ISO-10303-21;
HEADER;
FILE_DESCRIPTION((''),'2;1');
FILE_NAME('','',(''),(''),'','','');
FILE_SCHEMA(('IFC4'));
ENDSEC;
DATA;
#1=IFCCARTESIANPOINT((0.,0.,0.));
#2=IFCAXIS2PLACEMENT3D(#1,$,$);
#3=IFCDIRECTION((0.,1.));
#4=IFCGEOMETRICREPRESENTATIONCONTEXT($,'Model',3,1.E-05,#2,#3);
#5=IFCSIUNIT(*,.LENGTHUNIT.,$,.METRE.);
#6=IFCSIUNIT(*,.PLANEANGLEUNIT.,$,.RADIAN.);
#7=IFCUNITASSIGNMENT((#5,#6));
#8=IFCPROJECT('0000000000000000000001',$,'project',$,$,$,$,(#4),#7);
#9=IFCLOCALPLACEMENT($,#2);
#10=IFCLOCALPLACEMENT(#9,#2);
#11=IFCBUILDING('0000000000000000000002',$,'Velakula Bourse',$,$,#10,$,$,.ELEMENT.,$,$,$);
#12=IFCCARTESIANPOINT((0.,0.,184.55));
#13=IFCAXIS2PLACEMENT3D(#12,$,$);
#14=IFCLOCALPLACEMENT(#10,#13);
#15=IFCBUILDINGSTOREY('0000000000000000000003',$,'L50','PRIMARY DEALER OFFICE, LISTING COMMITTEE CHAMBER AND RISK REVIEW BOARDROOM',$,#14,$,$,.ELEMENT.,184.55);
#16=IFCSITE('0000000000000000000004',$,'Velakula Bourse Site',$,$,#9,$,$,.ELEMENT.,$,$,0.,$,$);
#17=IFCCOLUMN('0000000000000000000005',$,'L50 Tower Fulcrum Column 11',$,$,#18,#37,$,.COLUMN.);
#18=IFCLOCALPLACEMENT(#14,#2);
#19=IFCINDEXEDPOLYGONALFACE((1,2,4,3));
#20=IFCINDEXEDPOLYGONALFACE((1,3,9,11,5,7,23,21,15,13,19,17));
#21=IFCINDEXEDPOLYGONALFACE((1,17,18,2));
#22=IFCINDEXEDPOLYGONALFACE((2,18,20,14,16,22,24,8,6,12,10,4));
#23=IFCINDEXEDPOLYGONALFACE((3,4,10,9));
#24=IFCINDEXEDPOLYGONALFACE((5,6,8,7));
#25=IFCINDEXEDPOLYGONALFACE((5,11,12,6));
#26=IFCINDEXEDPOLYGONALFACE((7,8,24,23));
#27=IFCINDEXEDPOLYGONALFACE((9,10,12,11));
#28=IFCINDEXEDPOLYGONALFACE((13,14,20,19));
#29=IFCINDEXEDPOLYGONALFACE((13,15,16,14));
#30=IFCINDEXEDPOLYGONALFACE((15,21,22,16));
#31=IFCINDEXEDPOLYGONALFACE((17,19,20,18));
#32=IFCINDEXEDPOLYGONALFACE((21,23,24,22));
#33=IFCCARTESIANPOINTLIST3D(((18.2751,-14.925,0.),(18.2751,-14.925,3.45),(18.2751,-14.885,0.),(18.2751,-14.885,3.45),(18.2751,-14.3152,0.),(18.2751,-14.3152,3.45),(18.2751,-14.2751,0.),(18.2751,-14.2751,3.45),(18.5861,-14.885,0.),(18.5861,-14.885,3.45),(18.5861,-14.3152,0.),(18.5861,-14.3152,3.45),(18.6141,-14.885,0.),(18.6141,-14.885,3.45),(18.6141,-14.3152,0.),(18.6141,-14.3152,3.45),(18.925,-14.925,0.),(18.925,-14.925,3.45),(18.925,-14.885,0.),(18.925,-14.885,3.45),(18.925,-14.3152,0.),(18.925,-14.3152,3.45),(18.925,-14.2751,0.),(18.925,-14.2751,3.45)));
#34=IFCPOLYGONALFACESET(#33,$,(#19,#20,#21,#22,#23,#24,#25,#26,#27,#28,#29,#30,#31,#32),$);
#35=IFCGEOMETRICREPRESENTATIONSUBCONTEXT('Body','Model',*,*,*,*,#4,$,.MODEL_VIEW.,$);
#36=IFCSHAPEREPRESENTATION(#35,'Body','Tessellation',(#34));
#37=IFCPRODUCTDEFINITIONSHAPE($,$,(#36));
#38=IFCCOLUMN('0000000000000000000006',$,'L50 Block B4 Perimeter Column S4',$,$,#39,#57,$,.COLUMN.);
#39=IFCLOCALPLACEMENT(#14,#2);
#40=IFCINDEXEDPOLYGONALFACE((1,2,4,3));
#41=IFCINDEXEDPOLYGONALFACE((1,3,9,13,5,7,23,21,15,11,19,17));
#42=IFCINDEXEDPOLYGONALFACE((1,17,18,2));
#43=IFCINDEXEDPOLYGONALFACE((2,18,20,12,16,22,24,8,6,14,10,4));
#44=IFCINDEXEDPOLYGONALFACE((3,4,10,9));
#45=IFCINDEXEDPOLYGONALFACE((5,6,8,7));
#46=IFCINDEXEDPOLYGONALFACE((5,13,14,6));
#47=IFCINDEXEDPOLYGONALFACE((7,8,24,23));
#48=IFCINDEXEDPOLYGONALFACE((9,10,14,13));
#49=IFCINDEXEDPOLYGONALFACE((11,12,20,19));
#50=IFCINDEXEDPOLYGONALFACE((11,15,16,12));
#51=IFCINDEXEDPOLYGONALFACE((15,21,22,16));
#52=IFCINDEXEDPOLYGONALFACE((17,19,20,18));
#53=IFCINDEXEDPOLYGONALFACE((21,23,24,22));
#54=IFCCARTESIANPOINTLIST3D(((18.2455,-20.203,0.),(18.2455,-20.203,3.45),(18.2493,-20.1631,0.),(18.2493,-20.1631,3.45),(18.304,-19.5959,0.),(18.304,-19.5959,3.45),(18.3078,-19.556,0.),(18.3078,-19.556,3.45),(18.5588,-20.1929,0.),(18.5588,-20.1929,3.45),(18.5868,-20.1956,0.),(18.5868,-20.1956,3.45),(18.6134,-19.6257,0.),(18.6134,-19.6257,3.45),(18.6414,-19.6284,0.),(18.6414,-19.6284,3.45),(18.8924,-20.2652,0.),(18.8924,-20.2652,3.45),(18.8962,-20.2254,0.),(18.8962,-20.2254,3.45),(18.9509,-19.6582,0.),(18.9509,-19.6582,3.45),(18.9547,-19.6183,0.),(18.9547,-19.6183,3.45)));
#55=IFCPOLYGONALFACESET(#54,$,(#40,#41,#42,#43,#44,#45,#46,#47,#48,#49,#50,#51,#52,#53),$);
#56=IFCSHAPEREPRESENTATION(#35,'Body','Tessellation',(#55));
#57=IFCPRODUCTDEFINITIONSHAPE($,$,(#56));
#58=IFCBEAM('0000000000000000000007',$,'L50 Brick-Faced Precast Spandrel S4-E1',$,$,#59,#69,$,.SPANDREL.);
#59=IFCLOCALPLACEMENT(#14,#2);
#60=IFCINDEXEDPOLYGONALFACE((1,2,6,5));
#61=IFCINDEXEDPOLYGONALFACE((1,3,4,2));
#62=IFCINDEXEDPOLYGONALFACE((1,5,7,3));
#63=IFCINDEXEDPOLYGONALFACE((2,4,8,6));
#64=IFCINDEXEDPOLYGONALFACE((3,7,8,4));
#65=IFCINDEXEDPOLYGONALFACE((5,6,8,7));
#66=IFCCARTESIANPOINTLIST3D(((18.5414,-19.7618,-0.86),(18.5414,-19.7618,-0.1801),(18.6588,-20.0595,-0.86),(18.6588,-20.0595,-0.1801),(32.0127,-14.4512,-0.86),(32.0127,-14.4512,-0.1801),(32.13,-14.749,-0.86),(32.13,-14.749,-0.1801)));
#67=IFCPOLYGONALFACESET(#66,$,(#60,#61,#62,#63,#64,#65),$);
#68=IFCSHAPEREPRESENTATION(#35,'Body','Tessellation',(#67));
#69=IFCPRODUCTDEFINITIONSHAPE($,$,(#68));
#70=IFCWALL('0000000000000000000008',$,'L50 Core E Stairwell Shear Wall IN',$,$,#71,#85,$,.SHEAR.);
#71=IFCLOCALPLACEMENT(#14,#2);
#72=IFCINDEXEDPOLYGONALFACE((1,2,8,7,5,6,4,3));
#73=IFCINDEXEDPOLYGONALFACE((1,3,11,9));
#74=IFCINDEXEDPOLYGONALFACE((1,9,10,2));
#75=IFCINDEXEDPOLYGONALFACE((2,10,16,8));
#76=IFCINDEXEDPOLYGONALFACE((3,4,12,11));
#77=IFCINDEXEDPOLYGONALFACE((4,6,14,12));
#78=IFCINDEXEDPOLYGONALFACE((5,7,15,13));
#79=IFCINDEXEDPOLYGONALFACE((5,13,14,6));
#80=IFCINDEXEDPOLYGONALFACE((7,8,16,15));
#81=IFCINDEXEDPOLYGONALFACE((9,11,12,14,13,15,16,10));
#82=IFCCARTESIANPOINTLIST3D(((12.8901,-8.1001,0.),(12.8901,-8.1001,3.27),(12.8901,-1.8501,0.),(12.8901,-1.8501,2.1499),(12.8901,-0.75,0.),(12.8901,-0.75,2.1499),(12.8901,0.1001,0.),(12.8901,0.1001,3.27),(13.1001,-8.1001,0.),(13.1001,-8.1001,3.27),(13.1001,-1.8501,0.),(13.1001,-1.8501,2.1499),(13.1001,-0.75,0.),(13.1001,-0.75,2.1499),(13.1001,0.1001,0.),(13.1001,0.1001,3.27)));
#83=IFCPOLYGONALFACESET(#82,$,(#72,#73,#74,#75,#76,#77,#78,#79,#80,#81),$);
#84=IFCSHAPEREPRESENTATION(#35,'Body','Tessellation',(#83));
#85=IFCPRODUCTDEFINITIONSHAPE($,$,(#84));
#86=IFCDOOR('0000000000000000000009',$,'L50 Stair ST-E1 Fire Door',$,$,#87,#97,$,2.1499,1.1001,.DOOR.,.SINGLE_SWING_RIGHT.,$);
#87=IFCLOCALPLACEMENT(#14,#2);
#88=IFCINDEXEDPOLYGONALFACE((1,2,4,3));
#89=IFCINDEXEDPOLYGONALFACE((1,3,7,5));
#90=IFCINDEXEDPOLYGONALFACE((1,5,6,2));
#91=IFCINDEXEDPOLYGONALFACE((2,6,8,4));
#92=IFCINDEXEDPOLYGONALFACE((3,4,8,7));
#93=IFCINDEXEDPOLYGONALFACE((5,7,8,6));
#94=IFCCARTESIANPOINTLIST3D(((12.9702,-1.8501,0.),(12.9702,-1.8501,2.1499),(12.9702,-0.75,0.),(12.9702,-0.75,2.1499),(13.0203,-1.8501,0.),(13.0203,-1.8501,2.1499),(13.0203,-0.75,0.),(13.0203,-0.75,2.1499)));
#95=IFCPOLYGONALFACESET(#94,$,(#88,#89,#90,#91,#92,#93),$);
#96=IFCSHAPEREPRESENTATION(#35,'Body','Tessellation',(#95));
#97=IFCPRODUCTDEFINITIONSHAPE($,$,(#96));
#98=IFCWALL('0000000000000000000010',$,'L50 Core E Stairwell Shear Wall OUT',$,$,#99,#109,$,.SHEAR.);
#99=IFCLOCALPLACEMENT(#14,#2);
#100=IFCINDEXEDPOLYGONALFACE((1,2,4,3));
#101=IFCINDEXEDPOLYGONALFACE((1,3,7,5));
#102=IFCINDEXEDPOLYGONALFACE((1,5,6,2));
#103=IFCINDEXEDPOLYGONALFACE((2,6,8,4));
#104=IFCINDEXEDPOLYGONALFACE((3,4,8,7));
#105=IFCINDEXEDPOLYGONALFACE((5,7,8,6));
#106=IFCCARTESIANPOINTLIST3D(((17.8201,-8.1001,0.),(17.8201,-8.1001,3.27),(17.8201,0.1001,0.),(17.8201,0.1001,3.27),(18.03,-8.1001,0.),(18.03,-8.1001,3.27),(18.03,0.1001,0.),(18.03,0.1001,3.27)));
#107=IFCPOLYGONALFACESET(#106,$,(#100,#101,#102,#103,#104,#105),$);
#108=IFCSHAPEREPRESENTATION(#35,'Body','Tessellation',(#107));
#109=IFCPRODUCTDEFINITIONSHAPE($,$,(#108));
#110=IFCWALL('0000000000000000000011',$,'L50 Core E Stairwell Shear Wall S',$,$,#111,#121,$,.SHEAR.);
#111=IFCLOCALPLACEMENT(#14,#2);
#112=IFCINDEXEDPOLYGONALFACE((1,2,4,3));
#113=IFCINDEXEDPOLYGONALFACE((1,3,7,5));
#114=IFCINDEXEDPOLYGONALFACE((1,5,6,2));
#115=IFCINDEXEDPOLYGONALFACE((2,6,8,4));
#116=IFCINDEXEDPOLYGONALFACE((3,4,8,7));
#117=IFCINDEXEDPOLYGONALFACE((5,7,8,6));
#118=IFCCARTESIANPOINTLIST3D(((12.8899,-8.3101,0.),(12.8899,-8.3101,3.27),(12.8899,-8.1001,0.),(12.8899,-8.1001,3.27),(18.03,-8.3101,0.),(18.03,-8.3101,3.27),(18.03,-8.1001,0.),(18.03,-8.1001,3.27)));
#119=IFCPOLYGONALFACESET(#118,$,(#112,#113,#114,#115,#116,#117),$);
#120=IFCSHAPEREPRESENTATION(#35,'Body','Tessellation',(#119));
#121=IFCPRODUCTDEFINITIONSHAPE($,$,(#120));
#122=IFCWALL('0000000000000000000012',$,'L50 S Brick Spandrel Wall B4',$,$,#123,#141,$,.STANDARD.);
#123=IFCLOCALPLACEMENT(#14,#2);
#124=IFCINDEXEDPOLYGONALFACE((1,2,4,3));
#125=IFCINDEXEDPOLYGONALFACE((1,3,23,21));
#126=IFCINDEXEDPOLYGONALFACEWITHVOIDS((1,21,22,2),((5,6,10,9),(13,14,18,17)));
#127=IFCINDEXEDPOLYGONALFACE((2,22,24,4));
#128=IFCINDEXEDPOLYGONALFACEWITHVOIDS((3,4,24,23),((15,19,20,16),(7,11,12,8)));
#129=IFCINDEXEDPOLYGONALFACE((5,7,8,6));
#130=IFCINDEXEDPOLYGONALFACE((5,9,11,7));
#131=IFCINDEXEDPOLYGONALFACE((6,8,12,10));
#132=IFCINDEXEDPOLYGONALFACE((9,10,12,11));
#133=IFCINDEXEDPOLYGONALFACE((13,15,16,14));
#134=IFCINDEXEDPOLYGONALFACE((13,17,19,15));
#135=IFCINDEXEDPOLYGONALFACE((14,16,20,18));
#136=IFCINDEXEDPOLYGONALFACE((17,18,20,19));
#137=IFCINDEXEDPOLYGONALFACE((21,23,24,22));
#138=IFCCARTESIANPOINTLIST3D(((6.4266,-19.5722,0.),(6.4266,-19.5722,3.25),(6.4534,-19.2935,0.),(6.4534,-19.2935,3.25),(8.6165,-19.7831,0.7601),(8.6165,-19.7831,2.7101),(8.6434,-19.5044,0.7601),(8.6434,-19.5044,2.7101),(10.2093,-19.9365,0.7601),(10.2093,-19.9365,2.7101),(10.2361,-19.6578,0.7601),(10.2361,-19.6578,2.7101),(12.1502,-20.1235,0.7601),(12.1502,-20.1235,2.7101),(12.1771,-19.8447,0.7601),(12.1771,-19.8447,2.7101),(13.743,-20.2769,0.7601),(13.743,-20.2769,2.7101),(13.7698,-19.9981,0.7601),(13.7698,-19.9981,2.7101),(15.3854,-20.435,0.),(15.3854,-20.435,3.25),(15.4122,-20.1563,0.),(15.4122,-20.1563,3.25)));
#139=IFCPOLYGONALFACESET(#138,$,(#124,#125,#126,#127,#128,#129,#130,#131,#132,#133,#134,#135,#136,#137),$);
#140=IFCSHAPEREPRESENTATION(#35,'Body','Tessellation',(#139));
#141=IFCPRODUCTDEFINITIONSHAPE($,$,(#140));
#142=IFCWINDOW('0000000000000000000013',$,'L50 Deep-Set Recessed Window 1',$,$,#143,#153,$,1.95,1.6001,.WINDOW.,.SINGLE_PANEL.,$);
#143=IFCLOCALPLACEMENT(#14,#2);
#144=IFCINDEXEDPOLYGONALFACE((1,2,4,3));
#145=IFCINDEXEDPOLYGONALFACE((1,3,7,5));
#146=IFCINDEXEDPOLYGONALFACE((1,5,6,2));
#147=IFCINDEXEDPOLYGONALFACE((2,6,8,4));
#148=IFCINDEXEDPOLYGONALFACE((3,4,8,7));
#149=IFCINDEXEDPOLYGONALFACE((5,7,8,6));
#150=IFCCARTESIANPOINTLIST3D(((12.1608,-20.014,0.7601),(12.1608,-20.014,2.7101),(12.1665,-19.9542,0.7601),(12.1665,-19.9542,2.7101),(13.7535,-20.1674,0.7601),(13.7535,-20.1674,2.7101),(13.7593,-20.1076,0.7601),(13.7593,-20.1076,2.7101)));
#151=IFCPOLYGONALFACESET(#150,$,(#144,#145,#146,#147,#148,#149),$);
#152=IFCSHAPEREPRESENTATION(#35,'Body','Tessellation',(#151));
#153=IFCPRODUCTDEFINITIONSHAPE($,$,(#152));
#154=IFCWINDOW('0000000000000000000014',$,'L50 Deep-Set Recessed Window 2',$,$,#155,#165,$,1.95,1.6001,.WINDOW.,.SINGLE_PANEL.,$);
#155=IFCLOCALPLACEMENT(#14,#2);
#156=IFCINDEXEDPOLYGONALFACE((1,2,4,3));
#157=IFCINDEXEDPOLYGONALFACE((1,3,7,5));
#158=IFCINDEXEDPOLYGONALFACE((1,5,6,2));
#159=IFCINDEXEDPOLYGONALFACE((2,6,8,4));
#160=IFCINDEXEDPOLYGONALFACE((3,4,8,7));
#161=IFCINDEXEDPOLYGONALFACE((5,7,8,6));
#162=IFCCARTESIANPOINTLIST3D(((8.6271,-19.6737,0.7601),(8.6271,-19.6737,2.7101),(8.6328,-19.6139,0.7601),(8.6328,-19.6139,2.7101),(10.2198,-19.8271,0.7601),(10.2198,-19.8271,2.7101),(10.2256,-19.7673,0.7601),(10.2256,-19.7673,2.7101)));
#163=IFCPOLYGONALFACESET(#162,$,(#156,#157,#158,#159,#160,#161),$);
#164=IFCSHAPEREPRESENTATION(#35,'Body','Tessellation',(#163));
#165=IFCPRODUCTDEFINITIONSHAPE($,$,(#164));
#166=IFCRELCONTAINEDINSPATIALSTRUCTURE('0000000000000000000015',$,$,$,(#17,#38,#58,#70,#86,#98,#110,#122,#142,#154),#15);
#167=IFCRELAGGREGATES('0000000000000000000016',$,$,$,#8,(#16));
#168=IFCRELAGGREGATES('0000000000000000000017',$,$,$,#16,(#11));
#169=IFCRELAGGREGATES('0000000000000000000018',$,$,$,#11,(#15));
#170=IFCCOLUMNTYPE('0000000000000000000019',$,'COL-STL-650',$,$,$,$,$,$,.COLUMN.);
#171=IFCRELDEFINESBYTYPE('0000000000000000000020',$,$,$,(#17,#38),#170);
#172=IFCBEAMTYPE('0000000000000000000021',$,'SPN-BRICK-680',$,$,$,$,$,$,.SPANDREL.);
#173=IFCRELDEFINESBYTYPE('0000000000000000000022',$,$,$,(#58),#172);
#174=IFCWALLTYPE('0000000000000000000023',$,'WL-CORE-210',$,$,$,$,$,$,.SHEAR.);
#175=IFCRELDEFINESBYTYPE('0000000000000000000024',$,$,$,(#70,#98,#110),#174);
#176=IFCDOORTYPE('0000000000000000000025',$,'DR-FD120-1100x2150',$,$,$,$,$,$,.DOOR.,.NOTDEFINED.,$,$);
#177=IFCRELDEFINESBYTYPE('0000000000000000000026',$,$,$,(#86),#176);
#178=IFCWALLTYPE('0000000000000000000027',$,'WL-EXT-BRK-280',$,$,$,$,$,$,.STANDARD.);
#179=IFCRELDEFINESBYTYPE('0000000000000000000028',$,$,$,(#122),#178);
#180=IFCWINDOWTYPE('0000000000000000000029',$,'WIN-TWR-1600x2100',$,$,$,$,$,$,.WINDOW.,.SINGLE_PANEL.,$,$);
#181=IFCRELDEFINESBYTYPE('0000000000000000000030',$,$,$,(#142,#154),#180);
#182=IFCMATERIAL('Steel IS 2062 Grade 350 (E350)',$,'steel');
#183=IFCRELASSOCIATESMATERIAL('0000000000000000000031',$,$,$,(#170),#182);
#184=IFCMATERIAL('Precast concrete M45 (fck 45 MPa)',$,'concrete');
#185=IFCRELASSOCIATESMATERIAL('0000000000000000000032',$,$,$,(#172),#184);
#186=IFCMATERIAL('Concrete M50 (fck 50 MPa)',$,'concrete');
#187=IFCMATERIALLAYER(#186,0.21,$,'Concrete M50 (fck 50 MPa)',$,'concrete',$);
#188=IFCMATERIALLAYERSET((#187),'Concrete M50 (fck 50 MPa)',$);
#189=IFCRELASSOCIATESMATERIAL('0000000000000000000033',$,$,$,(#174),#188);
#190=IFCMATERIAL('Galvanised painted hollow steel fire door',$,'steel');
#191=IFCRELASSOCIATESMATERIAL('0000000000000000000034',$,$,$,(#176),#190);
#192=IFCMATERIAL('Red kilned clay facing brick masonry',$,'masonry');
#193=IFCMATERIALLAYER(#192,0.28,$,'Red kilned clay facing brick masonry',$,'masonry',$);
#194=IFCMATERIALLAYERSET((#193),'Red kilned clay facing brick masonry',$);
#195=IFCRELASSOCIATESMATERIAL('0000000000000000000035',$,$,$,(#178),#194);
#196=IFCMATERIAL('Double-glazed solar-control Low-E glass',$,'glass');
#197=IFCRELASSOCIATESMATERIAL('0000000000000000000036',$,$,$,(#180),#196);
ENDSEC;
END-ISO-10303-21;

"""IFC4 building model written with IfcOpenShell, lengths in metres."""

from ifc_helpers import new_model, si_unit, direction, frame, frame_2d, origin, origin_2d, place, context, subcontext, project, spatial, rectangle, i_section, extrude, material, layer, layer_set, material_profile, profile_set, type_object, element, fill, save


model = new_model("IFC4")

# Units and contexts
model_context = context("Model", 3, precision=1e-05, world=origin(), true_north=direction((0.0, 1.0)))
body_context = subcontext(model_context, "Body", "Model", "MODEL_VIEW")
ifc_project = project(units=[si_unit("LENGTHUNIT", "METRE"), si_unit("PLANEANGLEUNIT", "RADIAN")], contexts=[model_context])

# Site, building, storey
site_placement = place(None, origin())
site = spatial("IfcSite", under=ifc_project, at=site_placement, Name="Velakula Bourse Site", CompositionType="ELEMENT", RefElevation=0.0)
building_placement = place(site_placement, origin())
building = spatial("IfcBuilding", under=site, at=building_placement, Name="Velakula Bourse", CompositionType="ELEMENT")
storey_placement = place(building_placement, frame((0.0, 0.0, 184.55)))
storey = spatial("IfcBuildingStorey", under=building, at=storey_placement, Name="L50", Description="PRIMARY DEALER OFFICE, LISTING COMMITTEE CHAMBER AND RISK REVIEW BOARDROOM", CompositionType="ELEMENT", Elevation=184.55)

# Columns
ifc_material_1 = material(Name="Steel IS 2062 Grade 350 (E350)", Category="steel")
ifc_material_profile_1 = material_profile(ifc_material_1, i_section(OverallWidth=0.6499, OverallDepth=0.6499, WebThickness=0.0281, FlangeThickness=0.04, at=origin_2d()), Name="Steel IS 2062 Grade 350 (E350)")
ifc_profile_set_1 = profile_set([ifc_material_profile_1], Name="Steel IS 2062 Grade 350 (E350)")
column_type = type_object("IfcColumnType", Name="COL-STL-650", PredefinedType="COLUMN", material=ifc_profile_set_1)
for number, where, z_axis, x_axis, name in (
    (1, (18.6001, -14.6001, 0.0), (0.0, 0.0, 1.0), (1.0, 0.0, 0.0), "L50 Tower Fulcrum Column 11"),
    (2, (18.6001, -19.9106, 0.0), (0.0, 0.0, 1.0), (0.995396, -0.095846, 0.0), "L50 Block B4 Perimeter Column S4"),
):
    element("IfcColumn", number, at=place(storey_placement, frame(where, z_axis=z_axis, x_axis=x_axis)), inside=storey, type_object=column_type, Name=name, PredefinedType="COLUMN", context=body_context, shape_type="SweptSolid", body=[
        extrude(i_section(OverallWidth=0.6499, OverallDepth=0.6499, WebThickness=0.0281, FlangeThickness=0.04, at=origin_2d()), origin(), (0.0, 0.0, 1.0), 3.45),
    ])

# Beam
ifc_material_2 = material(Name="Precast concrete M45 (fck 45 MPa)", Category="concrete")
ifc_material_profile_2 = material_profile(ifc_material_2, rectangle(XDim=0.3201, YDim=0.6799, at=origin_2d()), Name="Precast concrete M45 (fck 45 MPa)")
ifc_profile_set_2 = profile_set([ifc_material_profile_2], Name="Precast concrete M45 (fck 45 MPa)")
beam_type = type_object("IfcBeamType", Name="SPN-BRICK-680", PredefinedType="SPANDREL", material=ifc_profile_set_2)
beam_placement = place(storey_placement, frame((18.6001, -19.9106, -0.52), z_axis=(0.930321, 0.366747, 0.0), x_axis=(-0.366747, 0.930321, 0.0)))
element("IfcBeam", 3, at=beam_placement, inside=storey, type_object=beam_type, Name="L50 Brick-Faced Precast Spandrel S4-E1", PredefinedType="SPANDREL", context=body_context, shape_type="SweptSolid", body=[
    extrude(rectangle(XDim=0.3201, YDim=0.6799, at=origin_2d()), origin(), (0.0, 0.0, 1.0), 14.4802),
])

# Wall, opening, door
ifc_material_3 = material(Name="Concrete M50 (fck 50 MPa)", Category="concrete")
ifc_layer_1 = layer(ifc_material_3, 0.21, Name="Concrete M50 (fck 50 MPa)", Category="concrete")
ifc_layer_set_1 = layer_set([ifc_layer_1], Name="Concrete M50 (fck 50 MPa)")
wall_type_1 = type_object("IfcWallType", Name="WL-CORE-210", PredefinedType="SHEAR", material=ifc_layer_set_1)
wall_1_placement = place(storey_placement, frame((12.9951, -8.1001, 0.0), z_axis=(0.0, 0.0, 1.0), x_axis=(0.0, 1.0, 0.0)))
wall_1 = element("IfcWall", 4, at=wall_1_placement, inside=storey, type_object=wall_type_1, Name="L50 Core E Stairwell Shear Wall IN", PredefinedType="SHEAR", context=body_context, shape_type="SweptSolid", body=[
    extrude(rectangle(XDim=8.2002, YDim=0.21, at=frame_2d((4.1001, 0.0))), origin(), (0.0, 0.0, 1.0), 3.27),
])
opening_1_placement = place(wall_1_placement, frame((6.25, 0.0, 0.0)))
opening_1 = element("IfcOpeningElement", 5, at=opening_1_placement, cuts=wall_1, PredefinedType="OPENING", context=body_context, shape_type="SweptSolid", body=[
    extrude(rectangle(XDim=1.1001, YDim=2.1499, at=frame_2d((0.55, 1.075))), frame((0.0, 0.115, 0.0), z_axis=(0.0, -1.0, 0.0), x_axis=(1.0, 0.0, 0.0)), (0.0, 0.0, 1.0), 0.23),
])
ifc_material_4 = material(Name="Galvanised painted hollow steel fire door", Category="steel")
door_type_1 = type_object("IfcDoorType", Name="DR-FD120-1100x2150", OperationType="NOTDEFINED", PredefinedType="DOOR", material=ifc_material_4)
door_1_placement = place(opening_1_placement, origin())
door_1 = element("IfcDoor", 6, at=door_1_placement, inside=storey, type_object=door_type_1, Name="L50 Stair ST-E1 Fire Door", OperationType="SINGLE_SWING_RIGHT", OverallHeight=2.1499, OverallWidth=1.1001, PredefinedType="DOOR", context=body_context, shape_type="SweptSolid", body=[
    extrude(rectangle(XDim=1.1001, YDim=2.1499, at=frame_2d((0.55, 1.075))), frame((0.0, 0.0249, 0.0), z_axis=(0.0, -1.0, 0.0), x_axis=(1.0, 0.0, 0.0)), (0.0, 0.0, 1.0), 0.05),
])
fill(opening_1, door_1)

# Walls
wall_2_placement = place(storey_placement, frame((17.925, -8.1001, 0.0), z_axis=(0.0, 0.0, 1.0), x_axis=(0.0, 1.0, 0.0)))
element("IfcWall", 7, at=wall_2_placement, inside=storey, type_object=wall_type_1, Name="L50 Core E Stairwell Shear Wall OUT", PredefinedType="SHEAR", context=body_context, shape_type="SweptSolid", body=[
    extrude(rectangle(XDim=8.2002, YDim=0.21, at=frame_2d((4.1001, 0.0))), origin(), (0.0, 0.0, 1.0), 3.27),
])
wall_3_placement = place(storey_placement, frame((12.8899, -8.2051, 0.0), z_axis=(0.0, 0.0, 1.0), x_axis=(1.0, 0.0, 0.0)))
element("IfcWall", 8, at=wall_3_placement, inside=storey, type_object=wall_type_1, Name="L50 Core E Stairwell Shear Wall S", PredefinedType="SHEAR", context=body_context, shape_type="SweptSolid", body=[
    extrude(rectangle(XDim=5.1401, YDim=0.21, at=frame_2d((2.5701, 0.0))), origin(), (0.0, 0.0, 1.0), 3.27),
])

# Wall, openings, windows
ifc_material_5 = material(Name="Red kilned clay facing brick masonry", Category="masonry")
ifc_layer_2 = layer(ifc_material_5, 0.28, Name="Red kilned clay facing brick masonry", Category="masonry")
ifc_layer_set_2 = layer_set([ifc_layer_2], Name="Red kilned clay facing brick masonry")
wall_type_2 = type_object("IfcWallType", Name="WL-EXT-BRK-280", PredefinedType="STANDARD", material=ifc_layer_set_2)
wall_4_placement = place(storey_placement, frame((15.3987, -20.2957, 0.0), z_axis=(0.0, 0.0, 1.0), x_axis=(-0.995394, 0.095864, 0.0)))
wall_4 = element("IfcWall", 9, at=wall_4_placement, inside=storey, type_object=wall_type_2, Name="L50 S Brick Spandrel Wall B4", PredefinedType="STANDARD", context=body_context, shape_type="SweptSolid", body=[
    extrude(rectangle(XDim=9.0002, YDim=0.28, at=frame_2d((4.5, 0.0))), origin(), (0.0, 0.0, 1.0), 3.25),
])
opening_2_placement = place(wall_4_placement, frame((1.6499, 0.0, 0.76)))
opening_2 = element("IfcOpeningElement", 10, at=opening_2_placement, cuts=wall_4, PredefinedType="OPENING", context=body_context, shape_type="SweptSolid", body=[
    extrude(rectangle(XDim=1.6001, YDim=1.95, at=frame_2d((0.8, 0.9751))), frame((0.0, 0.1499, 0.0), z_axis=(0.0, -1.0, 0.0), x_axis=(1.0, 0.0, 0.0)), (0.0, 0.0, 1.0), 0.3),
])
opening_3_placement = place(wall_4_placement, frame((5.2, 0.0, 0.76)))
opening_3 = element("IfcOpeningElement", 11, at=opening_3_placement, cuts=wall_4, PredefinedType="OPENING", context=body_context, shape_type="SweptSolid", body=[
    extrude(rectangle(XDim=1.6001, YDim=1.95, at=frame_2d((0.8, 0.9751))), frame((0.0, 0.1499, 0.0), z_axis=(0.0, -1.0, 0.0), x_axis=(1.0, 0.0, 0.0)), (0.0, 0.0, 1.0), 0.3),
])
ifc_material_6 = material(Name="Double-glazed solar-control Low-E glass", Category="glass")
window_type = type_object("IfcWindowType", Name="WIN-TWR-1600x2100", PartitioningType="SINGLE_PANEL", PredefinedType="WINDOW", material=ifc_material_6)
window_1_placement = place(opening_2_placement, origin())
window_1 = element("IfcWindow", 12, at=window_1_placement, inside=storey, type_object=window_type, Name="L50 Deep-Set Recessed Window 1", OverallHeight=1.95, OverallWidth=1.6001, PartitioningType="SINGLE_PANEL", PredefinedType="WINDOW", context=body_context, shape_type="SweptSolid", body=[
    extrude(rectangle(XDim=1.6001, YDim=1.95, at=frame_2d((0.8, 0.9751))), frame((0.0, 0.03, 0.0), z_axis=(0.0, -1.0, 0.0), x_axis=(1.0, 0.0, 0.0)), (0.0, 0.0, 1.0), 0.0601),
])
fill(opening_2, window_1)
window_2_placement = place(opening_3_placement, origin())
window_2 = element("IfcWindow", 13, at=window_2_placement, inside=storey, type_object=window_type, Name="L50 Deep-Set Recessed Window 2", OverallHeight=1.95, OverallWidth=1.6001, PartitioningType="SINGLE_PANEL", PredefinedType="WINDOW", context=body_context, shape_type="SweptSolid", body=[
    extrude(rectangle(XDim=1.6001, YDim=1.95, at=frame_2d((0.8, 0.9751))), frame((0.0, 0.03, 0.0), z_axis=(0.0, -1.0, 0.0), x_axis=(1.0, 0.0, 0.0)), (0.0, 0.0, 1.0), 0.0601),
])
fill(opening_3, window_2)

save(model, "model.ifc")
